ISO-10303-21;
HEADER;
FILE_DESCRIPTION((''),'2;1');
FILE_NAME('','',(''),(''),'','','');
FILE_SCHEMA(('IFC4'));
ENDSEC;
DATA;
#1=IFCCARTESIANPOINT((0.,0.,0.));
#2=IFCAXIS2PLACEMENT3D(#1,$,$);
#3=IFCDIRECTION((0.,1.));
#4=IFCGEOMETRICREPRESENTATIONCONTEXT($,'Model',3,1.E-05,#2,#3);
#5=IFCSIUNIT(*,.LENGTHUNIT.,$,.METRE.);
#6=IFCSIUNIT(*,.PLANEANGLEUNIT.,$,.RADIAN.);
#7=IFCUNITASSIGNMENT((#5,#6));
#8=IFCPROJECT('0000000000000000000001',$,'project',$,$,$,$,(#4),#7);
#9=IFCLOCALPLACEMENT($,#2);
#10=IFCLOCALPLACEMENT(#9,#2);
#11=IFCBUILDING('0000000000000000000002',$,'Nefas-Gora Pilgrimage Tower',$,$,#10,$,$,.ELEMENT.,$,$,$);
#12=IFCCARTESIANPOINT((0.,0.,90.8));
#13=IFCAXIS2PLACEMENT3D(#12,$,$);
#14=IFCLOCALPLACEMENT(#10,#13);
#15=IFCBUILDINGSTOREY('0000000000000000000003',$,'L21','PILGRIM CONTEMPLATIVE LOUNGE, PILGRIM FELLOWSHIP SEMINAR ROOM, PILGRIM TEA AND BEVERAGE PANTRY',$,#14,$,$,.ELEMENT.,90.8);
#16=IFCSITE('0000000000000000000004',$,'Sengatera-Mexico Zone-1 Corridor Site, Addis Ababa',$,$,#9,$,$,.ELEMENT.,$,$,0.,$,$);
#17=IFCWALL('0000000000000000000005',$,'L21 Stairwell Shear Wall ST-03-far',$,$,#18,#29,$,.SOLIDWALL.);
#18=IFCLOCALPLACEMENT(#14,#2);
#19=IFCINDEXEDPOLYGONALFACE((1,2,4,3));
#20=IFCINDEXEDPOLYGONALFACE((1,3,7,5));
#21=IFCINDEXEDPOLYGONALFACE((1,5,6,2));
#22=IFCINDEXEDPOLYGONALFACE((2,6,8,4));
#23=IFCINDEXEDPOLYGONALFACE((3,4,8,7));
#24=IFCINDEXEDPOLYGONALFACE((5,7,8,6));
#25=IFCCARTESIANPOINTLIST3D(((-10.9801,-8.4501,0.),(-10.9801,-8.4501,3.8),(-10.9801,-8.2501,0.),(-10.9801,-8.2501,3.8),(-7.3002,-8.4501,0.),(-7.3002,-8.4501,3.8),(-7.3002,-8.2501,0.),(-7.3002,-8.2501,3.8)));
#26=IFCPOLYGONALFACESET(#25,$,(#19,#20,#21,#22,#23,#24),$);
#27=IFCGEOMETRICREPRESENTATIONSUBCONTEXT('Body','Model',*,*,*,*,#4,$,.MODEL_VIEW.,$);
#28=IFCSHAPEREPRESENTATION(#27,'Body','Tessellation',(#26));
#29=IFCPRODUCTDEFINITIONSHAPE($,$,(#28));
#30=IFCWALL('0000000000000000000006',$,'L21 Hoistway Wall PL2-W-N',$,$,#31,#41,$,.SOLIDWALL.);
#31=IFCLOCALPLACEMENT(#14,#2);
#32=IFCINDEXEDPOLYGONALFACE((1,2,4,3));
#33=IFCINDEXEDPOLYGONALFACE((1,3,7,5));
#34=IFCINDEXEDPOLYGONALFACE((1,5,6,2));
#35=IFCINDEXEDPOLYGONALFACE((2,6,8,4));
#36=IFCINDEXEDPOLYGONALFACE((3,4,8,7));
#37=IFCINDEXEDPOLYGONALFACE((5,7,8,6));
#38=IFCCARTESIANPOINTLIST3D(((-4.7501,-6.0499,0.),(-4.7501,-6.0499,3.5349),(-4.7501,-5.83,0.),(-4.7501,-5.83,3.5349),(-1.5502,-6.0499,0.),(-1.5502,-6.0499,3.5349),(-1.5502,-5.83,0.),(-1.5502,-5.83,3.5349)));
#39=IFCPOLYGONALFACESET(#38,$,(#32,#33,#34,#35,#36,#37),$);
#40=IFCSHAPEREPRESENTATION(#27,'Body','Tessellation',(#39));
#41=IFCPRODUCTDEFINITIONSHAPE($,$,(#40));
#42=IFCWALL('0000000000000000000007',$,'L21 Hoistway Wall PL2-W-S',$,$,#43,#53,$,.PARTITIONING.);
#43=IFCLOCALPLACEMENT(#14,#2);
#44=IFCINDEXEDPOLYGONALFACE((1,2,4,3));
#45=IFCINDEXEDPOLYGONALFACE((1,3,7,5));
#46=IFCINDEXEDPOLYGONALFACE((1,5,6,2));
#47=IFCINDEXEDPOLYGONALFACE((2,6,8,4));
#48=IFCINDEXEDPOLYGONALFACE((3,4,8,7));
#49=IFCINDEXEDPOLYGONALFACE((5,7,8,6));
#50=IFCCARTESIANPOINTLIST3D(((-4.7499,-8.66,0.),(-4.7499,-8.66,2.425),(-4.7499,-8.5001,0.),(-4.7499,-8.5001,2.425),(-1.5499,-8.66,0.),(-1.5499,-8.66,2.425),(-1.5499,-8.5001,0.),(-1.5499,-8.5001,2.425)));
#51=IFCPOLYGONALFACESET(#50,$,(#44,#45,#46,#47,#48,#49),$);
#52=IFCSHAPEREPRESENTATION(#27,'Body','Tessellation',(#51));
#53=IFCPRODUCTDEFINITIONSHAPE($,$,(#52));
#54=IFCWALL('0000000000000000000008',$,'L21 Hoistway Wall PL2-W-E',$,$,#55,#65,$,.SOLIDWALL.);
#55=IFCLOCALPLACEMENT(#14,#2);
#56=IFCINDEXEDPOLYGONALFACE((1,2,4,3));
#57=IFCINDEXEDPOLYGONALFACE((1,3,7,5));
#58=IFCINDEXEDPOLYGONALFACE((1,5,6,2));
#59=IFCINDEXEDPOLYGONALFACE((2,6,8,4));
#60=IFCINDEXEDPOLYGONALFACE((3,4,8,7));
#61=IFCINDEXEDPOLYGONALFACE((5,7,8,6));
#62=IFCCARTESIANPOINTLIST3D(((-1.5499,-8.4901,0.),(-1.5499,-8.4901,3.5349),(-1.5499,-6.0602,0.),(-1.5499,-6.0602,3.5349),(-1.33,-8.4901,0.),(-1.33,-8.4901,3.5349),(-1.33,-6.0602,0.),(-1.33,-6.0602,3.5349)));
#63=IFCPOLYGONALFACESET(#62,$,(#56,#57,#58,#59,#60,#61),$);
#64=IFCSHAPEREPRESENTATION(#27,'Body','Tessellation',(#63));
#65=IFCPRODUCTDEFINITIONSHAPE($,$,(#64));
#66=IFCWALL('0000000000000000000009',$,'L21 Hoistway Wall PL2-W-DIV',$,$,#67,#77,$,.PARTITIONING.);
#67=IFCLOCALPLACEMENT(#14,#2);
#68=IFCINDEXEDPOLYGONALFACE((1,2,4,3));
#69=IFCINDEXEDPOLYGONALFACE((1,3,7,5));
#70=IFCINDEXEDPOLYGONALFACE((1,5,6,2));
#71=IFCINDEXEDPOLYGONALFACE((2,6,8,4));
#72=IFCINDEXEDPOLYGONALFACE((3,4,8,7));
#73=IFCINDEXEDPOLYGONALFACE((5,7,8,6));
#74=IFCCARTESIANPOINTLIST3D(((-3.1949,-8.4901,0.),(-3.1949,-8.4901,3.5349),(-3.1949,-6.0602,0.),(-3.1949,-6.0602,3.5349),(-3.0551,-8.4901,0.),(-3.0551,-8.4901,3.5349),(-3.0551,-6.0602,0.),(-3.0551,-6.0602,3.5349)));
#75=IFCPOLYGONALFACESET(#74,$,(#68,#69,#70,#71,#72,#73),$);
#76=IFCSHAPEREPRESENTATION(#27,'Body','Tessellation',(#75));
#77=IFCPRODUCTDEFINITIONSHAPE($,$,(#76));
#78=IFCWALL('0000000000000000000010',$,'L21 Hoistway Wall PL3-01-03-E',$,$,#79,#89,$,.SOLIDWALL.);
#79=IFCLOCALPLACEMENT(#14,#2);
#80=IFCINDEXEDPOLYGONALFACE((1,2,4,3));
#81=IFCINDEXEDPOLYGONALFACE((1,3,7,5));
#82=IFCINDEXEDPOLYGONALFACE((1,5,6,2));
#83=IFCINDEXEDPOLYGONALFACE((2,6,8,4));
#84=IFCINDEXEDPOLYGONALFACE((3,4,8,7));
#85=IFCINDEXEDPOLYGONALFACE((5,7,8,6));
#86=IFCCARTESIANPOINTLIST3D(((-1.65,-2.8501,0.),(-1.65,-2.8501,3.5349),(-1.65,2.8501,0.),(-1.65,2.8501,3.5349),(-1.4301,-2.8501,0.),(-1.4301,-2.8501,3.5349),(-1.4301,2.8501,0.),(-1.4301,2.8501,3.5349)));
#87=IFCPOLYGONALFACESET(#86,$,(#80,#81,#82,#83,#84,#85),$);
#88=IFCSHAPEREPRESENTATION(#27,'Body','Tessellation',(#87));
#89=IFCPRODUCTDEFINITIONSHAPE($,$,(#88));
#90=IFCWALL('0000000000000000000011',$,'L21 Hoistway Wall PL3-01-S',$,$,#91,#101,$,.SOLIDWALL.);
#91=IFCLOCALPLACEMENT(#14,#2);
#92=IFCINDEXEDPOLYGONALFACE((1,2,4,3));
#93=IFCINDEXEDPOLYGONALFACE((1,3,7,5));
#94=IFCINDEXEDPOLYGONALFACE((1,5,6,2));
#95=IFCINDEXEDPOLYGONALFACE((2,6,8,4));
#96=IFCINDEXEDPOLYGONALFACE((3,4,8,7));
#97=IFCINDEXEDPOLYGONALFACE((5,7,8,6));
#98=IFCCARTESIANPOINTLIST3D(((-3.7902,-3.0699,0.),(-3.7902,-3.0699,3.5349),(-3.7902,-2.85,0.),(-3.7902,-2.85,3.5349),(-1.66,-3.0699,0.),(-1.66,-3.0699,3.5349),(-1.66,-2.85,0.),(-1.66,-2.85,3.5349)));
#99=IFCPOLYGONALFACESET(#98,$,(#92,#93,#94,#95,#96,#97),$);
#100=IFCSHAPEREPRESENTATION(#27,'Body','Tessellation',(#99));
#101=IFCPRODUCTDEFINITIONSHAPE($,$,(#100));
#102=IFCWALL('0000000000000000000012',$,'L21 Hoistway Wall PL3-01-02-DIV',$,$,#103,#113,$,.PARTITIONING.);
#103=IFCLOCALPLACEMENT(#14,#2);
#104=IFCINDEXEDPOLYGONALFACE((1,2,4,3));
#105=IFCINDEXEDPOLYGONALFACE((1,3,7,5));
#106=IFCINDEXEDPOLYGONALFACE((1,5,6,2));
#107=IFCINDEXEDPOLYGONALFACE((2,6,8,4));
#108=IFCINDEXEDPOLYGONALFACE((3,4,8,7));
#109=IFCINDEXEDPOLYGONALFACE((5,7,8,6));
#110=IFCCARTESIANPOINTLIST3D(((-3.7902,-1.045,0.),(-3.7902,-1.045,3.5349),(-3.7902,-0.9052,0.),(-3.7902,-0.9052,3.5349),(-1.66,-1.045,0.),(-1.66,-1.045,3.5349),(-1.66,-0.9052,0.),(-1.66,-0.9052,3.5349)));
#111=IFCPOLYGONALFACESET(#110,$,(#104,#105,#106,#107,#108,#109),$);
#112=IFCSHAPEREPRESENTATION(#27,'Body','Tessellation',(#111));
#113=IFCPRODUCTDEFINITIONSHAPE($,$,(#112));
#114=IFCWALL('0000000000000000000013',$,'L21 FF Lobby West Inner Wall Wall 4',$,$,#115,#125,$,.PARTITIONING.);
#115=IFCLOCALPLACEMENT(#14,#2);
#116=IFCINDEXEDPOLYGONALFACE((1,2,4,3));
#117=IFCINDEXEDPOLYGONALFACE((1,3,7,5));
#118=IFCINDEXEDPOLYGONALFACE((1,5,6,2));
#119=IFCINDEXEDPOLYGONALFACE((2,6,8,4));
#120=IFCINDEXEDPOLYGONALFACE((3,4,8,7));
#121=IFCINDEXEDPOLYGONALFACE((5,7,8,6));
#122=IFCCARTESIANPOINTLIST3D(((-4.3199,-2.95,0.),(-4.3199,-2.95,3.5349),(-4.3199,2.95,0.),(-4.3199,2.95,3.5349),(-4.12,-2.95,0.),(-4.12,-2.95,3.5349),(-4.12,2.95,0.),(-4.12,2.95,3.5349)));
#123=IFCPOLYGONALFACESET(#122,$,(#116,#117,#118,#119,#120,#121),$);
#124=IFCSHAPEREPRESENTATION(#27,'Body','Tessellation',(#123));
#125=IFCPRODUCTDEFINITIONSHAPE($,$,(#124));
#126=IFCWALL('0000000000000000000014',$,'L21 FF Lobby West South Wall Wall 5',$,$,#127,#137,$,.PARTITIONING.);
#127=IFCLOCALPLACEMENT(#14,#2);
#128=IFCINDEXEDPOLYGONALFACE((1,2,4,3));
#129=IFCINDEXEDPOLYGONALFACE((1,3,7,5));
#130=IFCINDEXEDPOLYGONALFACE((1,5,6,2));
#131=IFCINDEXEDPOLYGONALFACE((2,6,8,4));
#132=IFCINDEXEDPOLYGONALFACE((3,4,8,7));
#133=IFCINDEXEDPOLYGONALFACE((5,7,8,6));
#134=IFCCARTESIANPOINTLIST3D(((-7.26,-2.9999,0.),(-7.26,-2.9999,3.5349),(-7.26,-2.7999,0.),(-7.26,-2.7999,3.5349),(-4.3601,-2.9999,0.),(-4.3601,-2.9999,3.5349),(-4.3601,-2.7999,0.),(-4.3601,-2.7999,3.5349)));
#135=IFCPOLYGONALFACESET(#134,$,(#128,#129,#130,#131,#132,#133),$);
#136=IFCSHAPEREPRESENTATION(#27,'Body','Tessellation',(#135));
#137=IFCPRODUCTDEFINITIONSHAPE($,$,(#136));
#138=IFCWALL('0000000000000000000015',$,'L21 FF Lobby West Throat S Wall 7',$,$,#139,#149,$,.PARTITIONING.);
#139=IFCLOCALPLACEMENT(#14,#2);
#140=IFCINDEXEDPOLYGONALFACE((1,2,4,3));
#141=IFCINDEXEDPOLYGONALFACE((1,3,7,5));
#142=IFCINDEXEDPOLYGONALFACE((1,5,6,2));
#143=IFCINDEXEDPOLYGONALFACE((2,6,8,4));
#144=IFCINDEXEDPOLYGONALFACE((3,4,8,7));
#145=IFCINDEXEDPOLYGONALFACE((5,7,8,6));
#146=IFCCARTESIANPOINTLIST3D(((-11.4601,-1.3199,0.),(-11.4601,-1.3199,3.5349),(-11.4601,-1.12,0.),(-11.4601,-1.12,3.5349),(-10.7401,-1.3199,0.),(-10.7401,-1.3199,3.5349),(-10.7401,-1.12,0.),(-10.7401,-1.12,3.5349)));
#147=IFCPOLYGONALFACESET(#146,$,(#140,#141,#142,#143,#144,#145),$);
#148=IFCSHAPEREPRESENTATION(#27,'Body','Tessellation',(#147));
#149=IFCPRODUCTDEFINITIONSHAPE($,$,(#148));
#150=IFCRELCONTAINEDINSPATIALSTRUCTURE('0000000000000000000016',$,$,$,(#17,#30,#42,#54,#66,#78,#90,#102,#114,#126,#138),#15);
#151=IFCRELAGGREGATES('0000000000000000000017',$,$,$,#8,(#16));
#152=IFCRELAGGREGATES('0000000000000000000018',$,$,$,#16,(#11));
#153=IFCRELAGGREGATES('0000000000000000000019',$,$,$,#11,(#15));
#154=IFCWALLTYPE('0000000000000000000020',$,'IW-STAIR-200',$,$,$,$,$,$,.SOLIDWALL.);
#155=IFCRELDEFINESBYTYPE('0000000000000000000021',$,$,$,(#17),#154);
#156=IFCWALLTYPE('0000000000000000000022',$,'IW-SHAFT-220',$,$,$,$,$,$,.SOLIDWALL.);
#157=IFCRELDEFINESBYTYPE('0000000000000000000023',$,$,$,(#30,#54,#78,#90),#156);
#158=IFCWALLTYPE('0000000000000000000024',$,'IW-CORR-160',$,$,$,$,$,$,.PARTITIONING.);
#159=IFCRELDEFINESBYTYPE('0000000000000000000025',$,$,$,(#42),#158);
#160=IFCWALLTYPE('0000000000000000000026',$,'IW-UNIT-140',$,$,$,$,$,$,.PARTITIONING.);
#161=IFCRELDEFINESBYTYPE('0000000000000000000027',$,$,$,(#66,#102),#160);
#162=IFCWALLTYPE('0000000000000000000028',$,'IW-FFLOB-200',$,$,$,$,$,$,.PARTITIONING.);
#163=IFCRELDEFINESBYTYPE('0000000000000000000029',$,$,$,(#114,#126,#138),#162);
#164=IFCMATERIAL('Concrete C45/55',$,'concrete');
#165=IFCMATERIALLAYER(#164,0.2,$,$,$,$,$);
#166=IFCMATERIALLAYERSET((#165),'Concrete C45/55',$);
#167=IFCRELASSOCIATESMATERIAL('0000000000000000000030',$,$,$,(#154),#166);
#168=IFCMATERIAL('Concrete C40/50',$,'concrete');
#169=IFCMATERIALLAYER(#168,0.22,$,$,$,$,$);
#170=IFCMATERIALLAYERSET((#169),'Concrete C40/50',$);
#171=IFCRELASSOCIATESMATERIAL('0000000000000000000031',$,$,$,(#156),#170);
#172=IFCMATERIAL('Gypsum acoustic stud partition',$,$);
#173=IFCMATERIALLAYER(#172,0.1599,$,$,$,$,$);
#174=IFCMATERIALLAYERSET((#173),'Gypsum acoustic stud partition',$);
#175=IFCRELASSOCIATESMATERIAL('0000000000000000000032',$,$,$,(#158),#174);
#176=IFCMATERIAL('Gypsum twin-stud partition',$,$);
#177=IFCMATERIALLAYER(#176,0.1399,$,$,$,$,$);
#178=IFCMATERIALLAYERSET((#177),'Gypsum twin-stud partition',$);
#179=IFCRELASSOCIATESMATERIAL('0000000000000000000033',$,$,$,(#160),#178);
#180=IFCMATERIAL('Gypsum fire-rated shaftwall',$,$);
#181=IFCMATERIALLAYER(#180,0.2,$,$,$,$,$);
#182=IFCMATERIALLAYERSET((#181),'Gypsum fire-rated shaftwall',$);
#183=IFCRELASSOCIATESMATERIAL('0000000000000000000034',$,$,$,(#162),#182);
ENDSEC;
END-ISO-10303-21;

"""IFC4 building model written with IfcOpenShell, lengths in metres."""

from ifc_helpers import new_model, si_unit, direction, frame, frame_2d, origin, place, context, subcontext, project, spatial, rectangle, extrude, source, transform, mapped, material, layer, layer_set, type_object, element, save


model = new_model("IFC4")

# Units and contexts
model_context = context("Model", 3, precision=1e-05, world=origin(), true_north=direction((0.0, 1.0)))
body_context = subcontext(model_context, "Body", "Model", "MODEL_VIEW")
ifc_project = project(units=[si_unit("LENGTHUNIT", "METRE"), si_unit("PLANEANGLEUNIT", "RADIAN")], contexts=[model_context])

# Site, building, storey
site_placement = place(None, origin())
site = spatial("IfcSite", under=ifc_project, at=site_placement, Name="Sengatera-Mexico Zone-1 Corridor Site, Addis Ababa", CompositionType="ELEMENT", RefElevation=0.0)
building_placement = place(site_placement, origin())
building = spatial("IfcBuilding", under=site, at=building_placement, Name="Nefas-Gora Pilgrimage Tower", CompositionType="ELEMENT")
storey_placement = place(building_placement, frame((0.0, 0.0, 90.8)))
storey = spatial("IfcBuildingStorey", under=building, at=storey_placement, Name="L21", Description="PILGRIM CONTEMPLATIVE LOUNGE, PILGRIM FELLOWSHIP SEMINAR ROOM, PILGRIM TEA AND BEVERAGE PANTRY", CompositionType="ELEMENT", Elevation=90.8)

# Shared definitions
ifc_material_1 = material(Name="Concrete C45/55", Category="concrete")
ifc_layer_1 = layer(ifc_material_1, 0.2)
ifc_layer_set_1 = layer_set([ifc_layer_1], Name="Concrete C45/55")
wall_type_1 = type_object("IfcWallType", Name="IW-STAIR-200", PredefinedType="SOLIDWALL", material=ifc_layer_set_1)

# Walls
shared_shape_1 = source(origin(), body_context, "Body", "SweptSolid", [
    extrude(rectangle(XDim=3.6799, YDim=0.2, at=frame_2d((1.8398, 0.0))), origin(), (0.0, 0.0, 1.0), 3.8),
])
wall_1_placement = place(storey_placement, frame((-10.98, -8.3501, 0.0), z_axis=(0.0, 0.0, 1.0), x_axis=(1.0, 0.0, 0.0)))
element("IfcWall", 1, at=wall_1_placement, inside=storey, type_object=wall_type_1, Name="L21 Stairwell Shear Wall ST-03-far", PredefinedType="SOLIDWALL", context=body_context, shape_type="MappedRepresentation", body=[
    mapped(shared_shape_1, transform((0.0, 0.0, 0.0), x_axis=(1.0, 0.0, 0.0), y_axis=(0.0, 1.0, 0.0), z_axis=(0.0, 0.0, 1.0), scale=1.0)),
])
ifc_material_2 = material(Name="Concrete C40/50", Category="concrete")
ifc_layer_2 = layer(ifc_material_2, 0.22)
ifc_layer_set_2 = layer_set([ifc_layer_2], Name="Concrete C40/50")
wall_type_2 = type_object("IfcWallType", Name="IW-SHAFT-220", PredefinedType="SOLIDWALL", material=ifc_layer_set_2)
shared_shape_2 = source(origin(), body_context, "Body", "SweptSolid", [
    extrude(rectangle(XDim=3.2, YDim=0.22, at=frame_2d((1.6001, 0.0))), origin(), (0.0, 0.0, 1.0), 3.5349),
])
wall_2_placement = place(storey_placement, frame((-1.55, -5.9399, 0.0), z_axis=(0.0, 0.0, 1.0), x_axis=(-1.0, 0.0, 0.0)))
element("IfcWall", 2, at=wall_2_placement, inside=storey, type_object=wall_type_2, Name="L21 Hoistway Wall PL2-W-N", PredefinedType="SOLIDWALL", context=body_context, shape_type="MappedRepresentation", body=[
    mapped(shared_shape_2, transform((0.0, 0.0, 0.0), x_axis=(1.0, 0.0, 0.0), y_axis=(0.0, 1.0, 0.0), z_axis=(0.0, 0.0, 1.0), scale=1.0)),
])
ifc_material_3 = material(Name="Gypsum acoustic stud partition")
ifc_layer_3 = layer(ifc_material_3, 0.1599)
ifc_layer_set_3 = layer_set([ifc_layer_3], Name="Gypsum acoustic stud partition")
wall_type_3 = type_object("IfcWallType", Name="IW-CORR-160", PredefinedType="PARTITIONING", material=ifc_layer_set_3)
shared_shape_3 = source(origin(), body_context, "Body", "SweptSolid", [
    extrude(rectangle(XDim=3.2, YDim=0.1599, at=frame_2d((1.6001, 0.0))), origin(), (0.0, 0.0, 1.0), 2.425),
])
wall_3_placement = place(storey_placement, frame((-4.75, -8.5801, 0.0), z_axis=(0.0, 0.0, 1.0), x_axis=(1.0, 0.0, 0.0)))
element("IfcWall", 3, at=wall_3_placement, inside=storey, type_object=wall_type_3, Name="L21 Hoistway Wall PL2-W-S", PredefinedType="PARTITIONING", context=body_context, shape_type="MappedRepresentation", body=[
    mapped(shared_shape_3, transform((0.0, 0.0, 0.0), x_axis=(1.0, 0.0, 0.0), y_axis=(0.0, 1.0, 0.0), z_axis=(0.0, 0.0, 1.0), scale=1.0)),
])
shared_shape_4 = source(origin(), body_context, "Body", "SweptSolid", [
    extrude(rectangle(XDim=2.4299, YDim=0.22, at=frame_2d((1.2148, 0.0))), origin(), (0.0, 0.0, 1.0), 3.5349),
])
for number, where, z_axis, x_axis, name in (
    (4, (-1.4399, -8.49, 0.0), (0.0, 0.0, 1.0), (0.0, 1.0, 0.0), "L21 Hoistway Wall PL2-W-E"),
):
    element("IfcWall", number, at=place(storey_placement, frame(where, z_axis=z_axis, x_axis=x_axis)), inside=storey, type_object=wall_type_2, Name=name, PredefinedType="SOLIDWALL", context=body_context, shape_type="MappedRepresentation", body=[
        mapped(shared_shape_4, transform((0.0, 0.0, 0.0), x_axis=(1.0, 0.0, 0.0), y_axis=(0.0, 1.0, 0.0), z_axis=(0.0, 0.0, 1.0), scale=1.0)),
    ])
ifc_material_4 = material(Name="Gypsum twin-stud partition")
ifc_layer_4 = layer(ifc_material_4, 0.1399)
ifc_layer_set_4 = layer_set([ifc_layer_4], Name="Gypsum twin-stud partition")
wall_type_4 = type_object("IfcWallType", Name="IW-UNIT-140", PredefinedType="PARTITIONING", material=ifc_layer_set_4)
shared_shape_5 = source(origin(), body_context, "Body", "SweptSolid", [
    extrude(rectangle(XDim=2.4299, YDim=0.1399, at=frame_2d((1.2148, 0.0))), origin(), (0.0, 0.0, 1.0), 3.5349),
])
wall_4_placement = place(storey_placement, frame((-3.125, -8.49, 0.0), z_axis=(0.0, 0.0, 1.0), x_axis=(0.0, 1.0, 0.0)))
element("IfcWall", 5, at=wall_4_placement, inside=storey, type_object=wall_type_4, Name="L21 Hoistway Wall PL2-W-DIV", PredefinedType="PARTITIONING", context=body_context, shape_type="MappedRepresentation", body=[
    mapped(shared_shape_5, transform((0.0, 0.0, 0.0), x_axis=(1.0, 0.0, 0.0), y_axis=(0.0, 1.0, 0.0), z_axis=(0.0, 0.0, 1.0), scale=1.0)),
])
shared_shape_6 = source(origin(), body_context, "Body", "SweptSolid", [
    extrude(rectangle(XDim=5.7002, YDim=0.22, at=frame_2d((2.8501, 0.0))), origin(), (0.0, 0.0, 1.0), 3.5349),
])
wall_5_placement = place(storey_placement, frame((-1.54, -2.8501, 0.0), z_axis=(0.0, 0.0, 1.0), x_axis=(0.0, 1.0, 0.0)))
element("IfcWall", 6, at=wall_5_placement, inside=storey, type_object=wall_type_2, Name="L21 Hoistway Wall PL3-01-03-E", PredefinedType="SOLIDWALL", context=body_context, shape_type="MappedRepresentation", body=[
    mapped(shared_shape_6, transform((0.0, 0.0, 0.0), x_axis=(1.0, 0.0, 0.0), y_axis=(0.0, 1.0, 0.0), z_axis=(0.0, 0.0, 1.0), scale=1.0)),
])
shared_shape_7 = source(origin(), body_context, "Body", "SweptSolid", [
    extrude(rectangle(XDim=2.1301, YDim=0.22, at=frame_2d((1.0649, 0.0))), origin(), (0.0, 0.0, 1.0), 3.5349),
])
wall_6_placement = place(storey_placement, frame((-3.79, -2.96, 0.0), z_axis=(0.0, 0.0, 1.0), x_axis=(1.0, 0.0, 0.0)))
element("IfcWall", 7, at=wall_6_placement, inside=storey, type_object=wall_type_2, Name="L21 Hoistway Wall PL3-01-S", PredefinedType="SOLIDWALL", context=body_context, shape_type="MappedRepresentation", body=[
    mapped(shared_shape_7, transform((0.0, 0.0, 0.0), x_axis=(1.0, 0.0, 0.0), y_axis=(0.0, 1.0, 0.0), z_axis=(0.0, 0.0, 1.0), scale=1.0)),
])
shared_shape_8 = source(origin(), body_context, "Body", "SweptSolid", [
    extrude(rectangle(XDim=2.1301, YDim=0.1399, at=frame_2d((1.0649, 0.0))), origin(), (0.0, 0.0, 1.0), 3.5349),
])
wall_7_placement = place(storey_placement, frame((-3.79, -0.9751, 0.0), z_axis=(0.0, 0.0, 1.0), x_axis=(1.0, 0.0, 0.0)))
element("IfcWall", 8, at=wall_7_placement, inside=storey, type_object=wall_type_4, Name="L21 Hoistway Wall PL3-01-02-DIV", PredefinedType="PARTITIONING", context=body_context, shape_type="MappedRepresentation", body=[
    mapped(shared_shape_8, transform((0.0, 0.0, 0.0), x_axis=(1.0, 0.0, 0.0), y_axis=(0.0, 1.0, 0.0), z_axis=(0.0, 0.0, 1.0), scale=1.0)),
])
ifc_material_5 = material(Name="Gypsum fire-rated shaftwall")
ifc_layer_5 = layer(ifc_material_5, 0.2)
ifc_layer_set_5 = layer_set([ifc_layer_5], Name="Gypsum fire-rated shaftwall")
wall_type_5 = type_object("IfcWallType", Name="IW-FFLOB-200", PredefinedType="PARTITIONING", material=ifc_layer_set_5)
shared_shape_9 = source(origin(), body_context, "Body", "SweptSolid", [
    extrude(rectangle(XDim=5.8999, YDim=0.2, at=frame_2d((2.95, 0.0))), origin(), (0.0, 0.0, 1.0), 3.5349),
])
wall_8_placement = place(storey_placement, frame((-4.22, -2.95, 0.0), z_axis=(0.0, 0.0, 1.0), x_axis=(0.0, 1.0, 0.0)))
element("IfcWall", 9, at=wall_8_placement, inside=storey, type_object=wall_type_5, Name="L21 FF Lobby West Inner Wall Wall 4", PredefinedType="PARTITIONING", context=body_context, shape_type="MappedRepresentation", body=[
    mapped(shared_shape_9, transform((0.0, 0.0, 0.0), x_axis=(1.0, 0.0, 0.0), y_axis=(0.0, 1.0, 0.0), z_axis=(0.0, 0.0, 1.0), scale=1.0)),
])
shared_shape_10 = source(origin(), body_context, "Body", "SweptSolid", [
    extrude(rectangle(XDim=2.8999, YDim=0.2, at=frame_2d((1.45, 0.0))), origin(), (0.0, 0.0, 1.0), 3.5349),
])
wall_9_placement = place(storey_placement, frame((-7.26, -2.8999, 0.0), z_axis=(0.0, 0.0, 1.0), x_axis=(1.0, 0.0, 0.0)))
element("IfcWall", 10, at=wall_9_placement, inside=storey, type_object=wall_type_5, Name="L21 FF Lobby West South Wall Wall 5", PredefinedType="PARTITIONING", context=body_context, shape_type="MappedRepresentation", body=[
    mapped(shared_shape_10, transform((0.0, 0.0, 0.0), x_axis=(1.0, 0.0, 0.0), y_axis=(0.0, 1.0, 0.0), z_axis=(0.0, 0.0, 1.0), scale=1.0)),
])
shared_shape_11 = source(origin(), body_context, "Body", "SweptSolid", [
    extrude(rectangle(XDim=0.72, YDim=0.2, at=frame_2d((0.3599, 0.0))), origin(), (0.0, 0.0, 1.0), 3.5349),
])
wall_10_placement = place(storey_placement, frame((-11.46, -1.22, 0.0), z_axis=(0.0, 0.0, 1.0), x_axis=(1.0, 0.0, 0.0)))
element("IfcWall", 11, at=wall_10_placement, inside=storey, type_object=wall_type_5, Name="L21 FF Lobby West Throat S Wall 7", PredefinedType="PARTITIONING", context=body_context, shape_type="MappedRepresentation", body=[
    mapped(shared_shape_11, transform((0.0, 0.0, 0.0), x_axis=(1.0, 0.0, 0.0), y_axis=(0.0, 1.0, 0.0), z_axis=(0.0, 0.0, 1.0), scale=1.0)),
])

save(model, "model.ifc")
